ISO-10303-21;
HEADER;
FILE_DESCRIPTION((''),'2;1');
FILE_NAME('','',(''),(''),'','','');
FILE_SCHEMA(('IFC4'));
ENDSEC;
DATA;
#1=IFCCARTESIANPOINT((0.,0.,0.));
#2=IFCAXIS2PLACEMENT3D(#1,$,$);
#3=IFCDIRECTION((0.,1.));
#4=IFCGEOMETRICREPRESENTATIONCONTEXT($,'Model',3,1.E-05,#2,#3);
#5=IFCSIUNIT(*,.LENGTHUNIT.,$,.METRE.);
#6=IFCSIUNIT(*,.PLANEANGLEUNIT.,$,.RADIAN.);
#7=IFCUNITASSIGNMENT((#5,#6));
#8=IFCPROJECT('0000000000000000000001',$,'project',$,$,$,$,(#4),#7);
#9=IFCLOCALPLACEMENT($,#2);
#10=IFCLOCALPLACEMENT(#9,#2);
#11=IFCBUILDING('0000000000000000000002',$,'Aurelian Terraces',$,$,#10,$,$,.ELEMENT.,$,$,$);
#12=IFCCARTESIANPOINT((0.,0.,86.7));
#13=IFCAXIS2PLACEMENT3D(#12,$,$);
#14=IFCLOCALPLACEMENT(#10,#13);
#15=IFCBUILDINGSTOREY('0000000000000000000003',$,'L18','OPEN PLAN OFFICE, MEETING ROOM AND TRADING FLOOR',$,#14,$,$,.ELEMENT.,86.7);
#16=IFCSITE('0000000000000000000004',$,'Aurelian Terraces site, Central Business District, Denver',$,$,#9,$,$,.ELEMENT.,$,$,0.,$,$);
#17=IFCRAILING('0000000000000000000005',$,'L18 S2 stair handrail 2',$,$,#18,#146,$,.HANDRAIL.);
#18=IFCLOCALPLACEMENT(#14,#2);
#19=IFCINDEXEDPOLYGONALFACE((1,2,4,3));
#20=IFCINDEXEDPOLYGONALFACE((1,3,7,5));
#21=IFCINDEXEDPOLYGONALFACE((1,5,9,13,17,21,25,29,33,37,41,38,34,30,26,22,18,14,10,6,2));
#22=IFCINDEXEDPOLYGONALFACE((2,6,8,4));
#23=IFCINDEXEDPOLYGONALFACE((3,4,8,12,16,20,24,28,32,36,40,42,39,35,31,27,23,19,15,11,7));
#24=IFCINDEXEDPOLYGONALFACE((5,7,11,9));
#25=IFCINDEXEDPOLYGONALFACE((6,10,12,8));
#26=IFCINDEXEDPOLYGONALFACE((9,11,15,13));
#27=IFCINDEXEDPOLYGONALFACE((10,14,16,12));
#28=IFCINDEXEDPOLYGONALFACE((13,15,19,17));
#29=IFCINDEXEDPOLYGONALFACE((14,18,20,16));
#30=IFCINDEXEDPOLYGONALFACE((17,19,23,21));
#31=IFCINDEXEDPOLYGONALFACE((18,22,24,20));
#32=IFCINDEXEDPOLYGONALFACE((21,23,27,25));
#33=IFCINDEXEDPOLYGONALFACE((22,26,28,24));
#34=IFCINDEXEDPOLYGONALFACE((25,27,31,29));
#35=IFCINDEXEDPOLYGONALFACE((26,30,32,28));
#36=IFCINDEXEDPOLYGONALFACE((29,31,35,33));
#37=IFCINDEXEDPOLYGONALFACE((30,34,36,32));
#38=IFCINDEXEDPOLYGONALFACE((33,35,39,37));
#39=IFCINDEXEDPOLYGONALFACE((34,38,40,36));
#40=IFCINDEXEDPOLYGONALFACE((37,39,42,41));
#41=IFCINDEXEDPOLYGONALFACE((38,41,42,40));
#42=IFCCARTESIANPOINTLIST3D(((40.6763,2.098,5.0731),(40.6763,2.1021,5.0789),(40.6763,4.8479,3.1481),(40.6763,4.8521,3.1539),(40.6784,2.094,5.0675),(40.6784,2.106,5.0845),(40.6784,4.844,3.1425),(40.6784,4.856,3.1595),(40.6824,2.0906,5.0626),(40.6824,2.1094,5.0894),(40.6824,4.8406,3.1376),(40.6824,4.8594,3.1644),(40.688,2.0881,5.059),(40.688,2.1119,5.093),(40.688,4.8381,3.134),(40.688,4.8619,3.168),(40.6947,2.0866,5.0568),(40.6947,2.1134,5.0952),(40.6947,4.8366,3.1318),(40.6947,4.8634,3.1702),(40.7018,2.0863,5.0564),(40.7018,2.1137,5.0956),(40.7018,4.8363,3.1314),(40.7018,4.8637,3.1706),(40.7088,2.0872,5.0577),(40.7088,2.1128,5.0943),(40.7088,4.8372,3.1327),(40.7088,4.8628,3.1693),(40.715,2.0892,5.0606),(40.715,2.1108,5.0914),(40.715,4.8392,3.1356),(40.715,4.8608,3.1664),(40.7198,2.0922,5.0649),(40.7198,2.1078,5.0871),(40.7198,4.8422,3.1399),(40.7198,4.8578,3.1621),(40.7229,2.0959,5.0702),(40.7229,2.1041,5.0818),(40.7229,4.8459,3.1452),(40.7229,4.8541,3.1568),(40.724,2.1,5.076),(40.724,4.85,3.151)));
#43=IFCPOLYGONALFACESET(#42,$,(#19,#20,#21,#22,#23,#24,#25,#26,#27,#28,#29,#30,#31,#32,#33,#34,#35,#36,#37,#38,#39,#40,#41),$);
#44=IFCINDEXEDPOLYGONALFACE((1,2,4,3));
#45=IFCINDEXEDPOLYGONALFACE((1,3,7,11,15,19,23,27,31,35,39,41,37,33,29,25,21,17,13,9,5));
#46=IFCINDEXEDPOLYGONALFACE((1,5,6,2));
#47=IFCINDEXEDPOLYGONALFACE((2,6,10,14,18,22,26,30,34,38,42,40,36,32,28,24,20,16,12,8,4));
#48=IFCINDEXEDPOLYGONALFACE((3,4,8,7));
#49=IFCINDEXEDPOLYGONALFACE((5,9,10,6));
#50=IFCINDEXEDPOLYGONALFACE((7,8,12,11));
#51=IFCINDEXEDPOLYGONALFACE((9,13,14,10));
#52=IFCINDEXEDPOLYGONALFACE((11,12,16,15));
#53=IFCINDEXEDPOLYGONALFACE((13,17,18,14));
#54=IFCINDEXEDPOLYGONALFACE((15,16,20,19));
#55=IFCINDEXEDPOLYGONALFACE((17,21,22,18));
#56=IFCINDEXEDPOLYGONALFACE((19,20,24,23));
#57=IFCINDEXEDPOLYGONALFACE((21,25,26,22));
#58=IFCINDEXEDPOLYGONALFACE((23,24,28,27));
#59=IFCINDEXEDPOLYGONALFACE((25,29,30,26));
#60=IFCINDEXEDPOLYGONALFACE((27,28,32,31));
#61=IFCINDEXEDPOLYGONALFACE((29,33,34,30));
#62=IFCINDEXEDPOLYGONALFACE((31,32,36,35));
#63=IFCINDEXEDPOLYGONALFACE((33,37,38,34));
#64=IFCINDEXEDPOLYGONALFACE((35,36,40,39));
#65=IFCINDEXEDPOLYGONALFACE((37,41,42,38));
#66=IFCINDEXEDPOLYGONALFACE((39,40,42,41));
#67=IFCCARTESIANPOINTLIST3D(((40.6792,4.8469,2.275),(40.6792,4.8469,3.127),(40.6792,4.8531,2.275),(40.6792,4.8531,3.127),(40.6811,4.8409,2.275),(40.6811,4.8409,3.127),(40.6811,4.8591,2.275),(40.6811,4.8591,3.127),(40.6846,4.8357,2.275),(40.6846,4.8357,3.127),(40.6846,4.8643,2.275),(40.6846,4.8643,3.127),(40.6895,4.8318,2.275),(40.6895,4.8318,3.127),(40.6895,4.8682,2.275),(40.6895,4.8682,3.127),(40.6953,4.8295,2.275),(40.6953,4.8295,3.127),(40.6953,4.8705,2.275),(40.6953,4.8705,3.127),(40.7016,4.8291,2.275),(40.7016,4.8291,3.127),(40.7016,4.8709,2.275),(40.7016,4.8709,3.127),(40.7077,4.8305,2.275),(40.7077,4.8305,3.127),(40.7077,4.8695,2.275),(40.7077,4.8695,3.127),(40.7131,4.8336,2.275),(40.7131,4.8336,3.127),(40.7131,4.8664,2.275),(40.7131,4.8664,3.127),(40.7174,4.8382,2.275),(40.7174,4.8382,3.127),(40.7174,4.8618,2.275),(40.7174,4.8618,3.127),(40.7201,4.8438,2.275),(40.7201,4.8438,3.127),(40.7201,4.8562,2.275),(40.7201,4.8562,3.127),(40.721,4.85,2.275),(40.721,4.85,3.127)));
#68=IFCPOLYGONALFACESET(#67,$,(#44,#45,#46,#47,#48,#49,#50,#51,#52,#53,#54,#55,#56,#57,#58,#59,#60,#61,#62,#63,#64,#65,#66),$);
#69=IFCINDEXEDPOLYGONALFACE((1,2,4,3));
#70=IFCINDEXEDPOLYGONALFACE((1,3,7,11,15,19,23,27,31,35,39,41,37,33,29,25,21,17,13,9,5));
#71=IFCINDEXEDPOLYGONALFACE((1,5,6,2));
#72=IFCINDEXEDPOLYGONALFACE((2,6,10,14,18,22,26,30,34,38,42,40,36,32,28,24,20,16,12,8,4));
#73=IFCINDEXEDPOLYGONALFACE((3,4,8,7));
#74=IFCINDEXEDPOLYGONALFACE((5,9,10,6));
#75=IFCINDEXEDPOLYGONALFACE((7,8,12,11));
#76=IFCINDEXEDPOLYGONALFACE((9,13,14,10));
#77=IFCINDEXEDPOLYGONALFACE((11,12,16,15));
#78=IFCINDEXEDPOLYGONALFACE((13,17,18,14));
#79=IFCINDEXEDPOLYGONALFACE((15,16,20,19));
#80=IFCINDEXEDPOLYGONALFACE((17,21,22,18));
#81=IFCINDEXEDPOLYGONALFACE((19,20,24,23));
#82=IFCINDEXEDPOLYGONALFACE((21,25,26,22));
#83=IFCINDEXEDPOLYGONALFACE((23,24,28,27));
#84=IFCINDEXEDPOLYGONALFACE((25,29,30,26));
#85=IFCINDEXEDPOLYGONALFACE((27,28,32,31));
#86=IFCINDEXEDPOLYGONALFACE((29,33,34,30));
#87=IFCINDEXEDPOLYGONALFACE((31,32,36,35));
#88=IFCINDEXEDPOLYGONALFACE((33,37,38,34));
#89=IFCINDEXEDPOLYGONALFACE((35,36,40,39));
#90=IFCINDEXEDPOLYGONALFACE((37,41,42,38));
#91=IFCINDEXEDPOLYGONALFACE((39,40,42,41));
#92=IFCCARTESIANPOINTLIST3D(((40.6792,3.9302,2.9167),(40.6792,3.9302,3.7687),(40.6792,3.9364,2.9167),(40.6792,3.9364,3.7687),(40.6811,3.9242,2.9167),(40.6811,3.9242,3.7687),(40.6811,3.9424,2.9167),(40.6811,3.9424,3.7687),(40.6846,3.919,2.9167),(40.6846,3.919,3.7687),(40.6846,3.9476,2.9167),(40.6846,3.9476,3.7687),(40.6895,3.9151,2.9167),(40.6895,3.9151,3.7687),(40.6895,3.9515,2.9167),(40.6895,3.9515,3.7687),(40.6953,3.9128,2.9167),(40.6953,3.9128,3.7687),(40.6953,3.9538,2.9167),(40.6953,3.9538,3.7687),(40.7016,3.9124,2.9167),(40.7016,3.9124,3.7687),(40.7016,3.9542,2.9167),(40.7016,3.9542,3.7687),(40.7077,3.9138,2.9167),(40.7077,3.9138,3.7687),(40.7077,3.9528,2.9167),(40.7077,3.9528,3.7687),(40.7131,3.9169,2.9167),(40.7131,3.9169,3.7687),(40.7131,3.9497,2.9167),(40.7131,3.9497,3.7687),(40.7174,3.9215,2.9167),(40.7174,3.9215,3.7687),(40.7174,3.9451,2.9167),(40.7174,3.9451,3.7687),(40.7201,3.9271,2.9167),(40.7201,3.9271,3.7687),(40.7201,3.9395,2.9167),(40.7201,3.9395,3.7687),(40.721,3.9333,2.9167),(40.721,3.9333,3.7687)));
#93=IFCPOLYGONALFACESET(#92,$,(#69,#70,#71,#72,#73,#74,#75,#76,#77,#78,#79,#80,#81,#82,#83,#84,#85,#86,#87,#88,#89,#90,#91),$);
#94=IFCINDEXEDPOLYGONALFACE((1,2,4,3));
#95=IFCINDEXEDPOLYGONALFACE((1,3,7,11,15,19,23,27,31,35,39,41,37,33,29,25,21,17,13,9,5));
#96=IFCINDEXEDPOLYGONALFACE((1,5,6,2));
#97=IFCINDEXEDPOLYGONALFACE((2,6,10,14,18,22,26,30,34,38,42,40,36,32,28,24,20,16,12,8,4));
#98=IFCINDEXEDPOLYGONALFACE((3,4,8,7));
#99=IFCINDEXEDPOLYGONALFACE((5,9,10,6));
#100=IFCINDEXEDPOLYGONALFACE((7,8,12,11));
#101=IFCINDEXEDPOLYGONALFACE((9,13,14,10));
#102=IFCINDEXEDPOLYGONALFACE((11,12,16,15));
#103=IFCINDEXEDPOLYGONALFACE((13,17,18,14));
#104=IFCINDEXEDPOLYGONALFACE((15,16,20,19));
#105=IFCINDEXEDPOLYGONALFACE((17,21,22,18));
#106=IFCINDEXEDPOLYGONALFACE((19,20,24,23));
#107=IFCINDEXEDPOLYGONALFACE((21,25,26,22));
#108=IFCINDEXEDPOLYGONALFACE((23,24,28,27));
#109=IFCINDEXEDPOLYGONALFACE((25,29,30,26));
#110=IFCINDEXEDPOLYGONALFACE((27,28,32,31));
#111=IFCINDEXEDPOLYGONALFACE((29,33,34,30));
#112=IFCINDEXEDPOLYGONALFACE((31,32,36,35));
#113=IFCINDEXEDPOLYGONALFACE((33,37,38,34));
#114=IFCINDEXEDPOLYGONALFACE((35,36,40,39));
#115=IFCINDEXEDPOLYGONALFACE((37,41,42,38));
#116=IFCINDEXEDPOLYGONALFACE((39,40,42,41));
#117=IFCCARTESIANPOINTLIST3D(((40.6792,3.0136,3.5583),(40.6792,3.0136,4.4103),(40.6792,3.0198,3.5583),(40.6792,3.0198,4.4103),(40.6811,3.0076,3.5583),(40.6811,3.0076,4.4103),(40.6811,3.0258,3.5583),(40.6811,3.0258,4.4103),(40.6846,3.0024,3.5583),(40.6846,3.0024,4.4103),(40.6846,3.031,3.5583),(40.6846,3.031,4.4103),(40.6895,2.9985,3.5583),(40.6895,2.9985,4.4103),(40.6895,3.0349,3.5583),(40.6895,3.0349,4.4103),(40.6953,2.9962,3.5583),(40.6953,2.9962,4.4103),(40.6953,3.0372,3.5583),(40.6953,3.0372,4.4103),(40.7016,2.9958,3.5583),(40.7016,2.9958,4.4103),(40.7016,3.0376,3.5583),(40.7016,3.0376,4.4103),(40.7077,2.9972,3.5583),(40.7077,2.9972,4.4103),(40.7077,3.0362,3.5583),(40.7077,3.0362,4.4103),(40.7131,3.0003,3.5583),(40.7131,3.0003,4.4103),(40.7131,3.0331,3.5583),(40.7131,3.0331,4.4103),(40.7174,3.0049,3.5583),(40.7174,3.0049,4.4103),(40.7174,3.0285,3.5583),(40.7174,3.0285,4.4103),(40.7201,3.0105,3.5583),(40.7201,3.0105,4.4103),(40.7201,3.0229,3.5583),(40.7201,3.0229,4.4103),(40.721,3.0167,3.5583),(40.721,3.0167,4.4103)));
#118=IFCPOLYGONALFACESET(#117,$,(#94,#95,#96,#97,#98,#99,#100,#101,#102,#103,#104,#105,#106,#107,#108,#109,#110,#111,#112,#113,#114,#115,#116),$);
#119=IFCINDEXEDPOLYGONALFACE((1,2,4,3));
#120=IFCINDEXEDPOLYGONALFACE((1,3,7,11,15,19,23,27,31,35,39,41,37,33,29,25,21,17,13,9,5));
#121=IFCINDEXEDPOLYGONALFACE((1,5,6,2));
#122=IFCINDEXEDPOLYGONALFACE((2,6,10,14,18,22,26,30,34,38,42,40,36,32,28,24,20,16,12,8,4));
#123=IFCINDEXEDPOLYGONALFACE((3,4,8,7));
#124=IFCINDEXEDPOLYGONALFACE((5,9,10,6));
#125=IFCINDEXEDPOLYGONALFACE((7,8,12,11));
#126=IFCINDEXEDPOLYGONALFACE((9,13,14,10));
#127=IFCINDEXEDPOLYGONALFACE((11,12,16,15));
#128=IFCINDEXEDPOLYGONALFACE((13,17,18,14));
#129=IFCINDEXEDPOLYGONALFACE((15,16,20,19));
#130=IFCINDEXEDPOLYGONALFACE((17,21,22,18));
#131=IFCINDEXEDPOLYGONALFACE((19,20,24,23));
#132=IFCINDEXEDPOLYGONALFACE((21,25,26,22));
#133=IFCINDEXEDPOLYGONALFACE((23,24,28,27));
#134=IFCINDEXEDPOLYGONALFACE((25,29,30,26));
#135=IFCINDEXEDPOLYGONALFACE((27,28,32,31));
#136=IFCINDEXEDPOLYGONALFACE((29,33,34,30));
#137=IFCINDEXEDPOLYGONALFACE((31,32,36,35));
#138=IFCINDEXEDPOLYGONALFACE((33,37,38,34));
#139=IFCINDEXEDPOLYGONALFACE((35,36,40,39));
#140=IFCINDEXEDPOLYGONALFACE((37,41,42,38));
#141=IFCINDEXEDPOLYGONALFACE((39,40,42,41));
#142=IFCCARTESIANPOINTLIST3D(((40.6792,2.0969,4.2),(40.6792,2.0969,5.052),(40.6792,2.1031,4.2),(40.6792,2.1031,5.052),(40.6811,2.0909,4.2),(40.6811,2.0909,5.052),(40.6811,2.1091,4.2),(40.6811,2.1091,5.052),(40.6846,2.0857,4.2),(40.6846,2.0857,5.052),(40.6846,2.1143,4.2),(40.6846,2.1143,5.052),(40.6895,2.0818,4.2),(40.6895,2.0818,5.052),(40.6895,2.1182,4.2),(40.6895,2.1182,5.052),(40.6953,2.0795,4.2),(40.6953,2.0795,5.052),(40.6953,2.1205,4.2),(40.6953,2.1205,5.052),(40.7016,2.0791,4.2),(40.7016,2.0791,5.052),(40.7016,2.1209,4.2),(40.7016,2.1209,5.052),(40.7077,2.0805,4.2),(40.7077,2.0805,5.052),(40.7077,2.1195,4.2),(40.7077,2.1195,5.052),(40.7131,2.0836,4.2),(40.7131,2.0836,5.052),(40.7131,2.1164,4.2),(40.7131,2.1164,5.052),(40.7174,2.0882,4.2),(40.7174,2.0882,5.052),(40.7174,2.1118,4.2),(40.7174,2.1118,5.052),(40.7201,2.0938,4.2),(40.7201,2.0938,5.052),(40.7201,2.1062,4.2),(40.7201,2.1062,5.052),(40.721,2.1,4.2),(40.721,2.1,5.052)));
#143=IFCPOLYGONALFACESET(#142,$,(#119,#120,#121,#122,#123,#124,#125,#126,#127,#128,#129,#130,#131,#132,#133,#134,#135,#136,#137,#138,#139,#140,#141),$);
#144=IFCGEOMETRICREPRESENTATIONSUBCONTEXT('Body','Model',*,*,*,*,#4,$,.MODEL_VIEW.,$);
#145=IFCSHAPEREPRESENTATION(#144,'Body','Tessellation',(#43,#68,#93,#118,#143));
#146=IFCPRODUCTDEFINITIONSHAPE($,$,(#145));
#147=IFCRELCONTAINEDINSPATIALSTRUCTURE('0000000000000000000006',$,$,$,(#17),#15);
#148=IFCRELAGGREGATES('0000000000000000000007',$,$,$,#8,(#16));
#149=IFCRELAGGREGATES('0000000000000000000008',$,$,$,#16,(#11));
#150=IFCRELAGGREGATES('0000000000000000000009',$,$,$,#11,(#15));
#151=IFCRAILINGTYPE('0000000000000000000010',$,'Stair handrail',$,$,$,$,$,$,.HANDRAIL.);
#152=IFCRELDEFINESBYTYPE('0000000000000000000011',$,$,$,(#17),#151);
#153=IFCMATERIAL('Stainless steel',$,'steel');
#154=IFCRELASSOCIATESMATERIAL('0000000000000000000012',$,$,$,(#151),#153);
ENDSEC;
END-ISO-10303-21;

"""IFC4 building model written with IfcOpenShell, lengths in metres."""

from ifc_helpers import new_model, si_unit, direction, frame, origin, origin_2d, place, context, subcontext, project, spatial, circle, extrude, source, transform, mapped, material, type_object, element, save


model = new_model("IFC4")

# Units and contexts
model_context = context("Model", 3, precision=1e-05, world=origin(), true_north=direction((0.0, 1.0)))
body_context = subcontext(model_context, "Body", "Model", "MODEL_VIEW")
ifc_project = project(units=[si_unit("LENGTHUNIT", "METRE"), si_unit("PLANEANGLEUNIT", "RADIAN")], contexts=[model_context])

# Site, building, storey
site_placement = place(None, origin())
site = spatial("IfcSite", under=ifc_project, at=site_placement, Name="Aurelian Terraces site, Central Business District, Denver", CompositionType="ELEMENT", RefElevation=0.0)
building_placement = place(site_placement, origin())
building = spatial("IfcBuilding", under=site, at=building_placement, Name="Aurelian Terraces", CompositionType="ELEMENT")
storey_placement = place(building_placement, frame((0.0, 0.0, 86.7)))
storey = spatial("IfcBuildingStorey", under=building, at=storey_placement, Name="L18", Description="OPEN PLAN OFFICE, MEETING ROOM AND TRADING FLOOR", CompositionType="ELEMENT", Elevation=86.7)

# Railing
ifc_material_1 = material(Name="Stainless steel", Category="steel")
railing_type_1 = type_object("IfcRailingType", Name="Stair handrail", PredefinedType="HANDRAIL", material=ifc_material_1)
shared_shape_1 = source(origin(), body_context, "Body", "SweptSolid", [
    extrude(circle(Radius=0.024, at=origin_2d()), frame((0.0, 0.0, 0.876), z_axis=(0.0, -0.819232, 0.573462), x_axis=(1.0, 0.0, 0.0)), (0.0, 0.0, 1.0), 3.3568),
    extrude(circle(Radius=0.021, at=origin_2d()), origin(), (0.0, 0.0, 1.0), 0.852),
    extrude(circle(Radius=0.021, at=origin_2d()), frame((0.0, -0.9167, 0.6417)), (0.0, 0.0, 1.0), 0.852),
    extrude(circle(Radius=0.021, at=origin_2d()), frame((0.0, -1.8333, 1.2833)), (0.0, 0.0, 1.0), 0.852),
    extrude(circle(Radius=0.021, at=origin_2d()), frame((0.0, -2.75, 1.925)), (0.0, 0.0, 1.0), 0.852),
])
railing_1_placement = place(storey_placement, frame((40.7, 4.85, 2.275)))
element("IfcRailing", 1, at=railing_1_placement, inside=storey, type_object=railing_type_1, Name="L18 S2 stair handrail 2", PredefinedType="HANDRAIL", context=body_context, shape_type="MappedRepresentation", body=[
    mapped(shared_shape_1, transform((0.0, 0.0, 0.0), scale=1.0)),
])

save(model, "model.ifc")
